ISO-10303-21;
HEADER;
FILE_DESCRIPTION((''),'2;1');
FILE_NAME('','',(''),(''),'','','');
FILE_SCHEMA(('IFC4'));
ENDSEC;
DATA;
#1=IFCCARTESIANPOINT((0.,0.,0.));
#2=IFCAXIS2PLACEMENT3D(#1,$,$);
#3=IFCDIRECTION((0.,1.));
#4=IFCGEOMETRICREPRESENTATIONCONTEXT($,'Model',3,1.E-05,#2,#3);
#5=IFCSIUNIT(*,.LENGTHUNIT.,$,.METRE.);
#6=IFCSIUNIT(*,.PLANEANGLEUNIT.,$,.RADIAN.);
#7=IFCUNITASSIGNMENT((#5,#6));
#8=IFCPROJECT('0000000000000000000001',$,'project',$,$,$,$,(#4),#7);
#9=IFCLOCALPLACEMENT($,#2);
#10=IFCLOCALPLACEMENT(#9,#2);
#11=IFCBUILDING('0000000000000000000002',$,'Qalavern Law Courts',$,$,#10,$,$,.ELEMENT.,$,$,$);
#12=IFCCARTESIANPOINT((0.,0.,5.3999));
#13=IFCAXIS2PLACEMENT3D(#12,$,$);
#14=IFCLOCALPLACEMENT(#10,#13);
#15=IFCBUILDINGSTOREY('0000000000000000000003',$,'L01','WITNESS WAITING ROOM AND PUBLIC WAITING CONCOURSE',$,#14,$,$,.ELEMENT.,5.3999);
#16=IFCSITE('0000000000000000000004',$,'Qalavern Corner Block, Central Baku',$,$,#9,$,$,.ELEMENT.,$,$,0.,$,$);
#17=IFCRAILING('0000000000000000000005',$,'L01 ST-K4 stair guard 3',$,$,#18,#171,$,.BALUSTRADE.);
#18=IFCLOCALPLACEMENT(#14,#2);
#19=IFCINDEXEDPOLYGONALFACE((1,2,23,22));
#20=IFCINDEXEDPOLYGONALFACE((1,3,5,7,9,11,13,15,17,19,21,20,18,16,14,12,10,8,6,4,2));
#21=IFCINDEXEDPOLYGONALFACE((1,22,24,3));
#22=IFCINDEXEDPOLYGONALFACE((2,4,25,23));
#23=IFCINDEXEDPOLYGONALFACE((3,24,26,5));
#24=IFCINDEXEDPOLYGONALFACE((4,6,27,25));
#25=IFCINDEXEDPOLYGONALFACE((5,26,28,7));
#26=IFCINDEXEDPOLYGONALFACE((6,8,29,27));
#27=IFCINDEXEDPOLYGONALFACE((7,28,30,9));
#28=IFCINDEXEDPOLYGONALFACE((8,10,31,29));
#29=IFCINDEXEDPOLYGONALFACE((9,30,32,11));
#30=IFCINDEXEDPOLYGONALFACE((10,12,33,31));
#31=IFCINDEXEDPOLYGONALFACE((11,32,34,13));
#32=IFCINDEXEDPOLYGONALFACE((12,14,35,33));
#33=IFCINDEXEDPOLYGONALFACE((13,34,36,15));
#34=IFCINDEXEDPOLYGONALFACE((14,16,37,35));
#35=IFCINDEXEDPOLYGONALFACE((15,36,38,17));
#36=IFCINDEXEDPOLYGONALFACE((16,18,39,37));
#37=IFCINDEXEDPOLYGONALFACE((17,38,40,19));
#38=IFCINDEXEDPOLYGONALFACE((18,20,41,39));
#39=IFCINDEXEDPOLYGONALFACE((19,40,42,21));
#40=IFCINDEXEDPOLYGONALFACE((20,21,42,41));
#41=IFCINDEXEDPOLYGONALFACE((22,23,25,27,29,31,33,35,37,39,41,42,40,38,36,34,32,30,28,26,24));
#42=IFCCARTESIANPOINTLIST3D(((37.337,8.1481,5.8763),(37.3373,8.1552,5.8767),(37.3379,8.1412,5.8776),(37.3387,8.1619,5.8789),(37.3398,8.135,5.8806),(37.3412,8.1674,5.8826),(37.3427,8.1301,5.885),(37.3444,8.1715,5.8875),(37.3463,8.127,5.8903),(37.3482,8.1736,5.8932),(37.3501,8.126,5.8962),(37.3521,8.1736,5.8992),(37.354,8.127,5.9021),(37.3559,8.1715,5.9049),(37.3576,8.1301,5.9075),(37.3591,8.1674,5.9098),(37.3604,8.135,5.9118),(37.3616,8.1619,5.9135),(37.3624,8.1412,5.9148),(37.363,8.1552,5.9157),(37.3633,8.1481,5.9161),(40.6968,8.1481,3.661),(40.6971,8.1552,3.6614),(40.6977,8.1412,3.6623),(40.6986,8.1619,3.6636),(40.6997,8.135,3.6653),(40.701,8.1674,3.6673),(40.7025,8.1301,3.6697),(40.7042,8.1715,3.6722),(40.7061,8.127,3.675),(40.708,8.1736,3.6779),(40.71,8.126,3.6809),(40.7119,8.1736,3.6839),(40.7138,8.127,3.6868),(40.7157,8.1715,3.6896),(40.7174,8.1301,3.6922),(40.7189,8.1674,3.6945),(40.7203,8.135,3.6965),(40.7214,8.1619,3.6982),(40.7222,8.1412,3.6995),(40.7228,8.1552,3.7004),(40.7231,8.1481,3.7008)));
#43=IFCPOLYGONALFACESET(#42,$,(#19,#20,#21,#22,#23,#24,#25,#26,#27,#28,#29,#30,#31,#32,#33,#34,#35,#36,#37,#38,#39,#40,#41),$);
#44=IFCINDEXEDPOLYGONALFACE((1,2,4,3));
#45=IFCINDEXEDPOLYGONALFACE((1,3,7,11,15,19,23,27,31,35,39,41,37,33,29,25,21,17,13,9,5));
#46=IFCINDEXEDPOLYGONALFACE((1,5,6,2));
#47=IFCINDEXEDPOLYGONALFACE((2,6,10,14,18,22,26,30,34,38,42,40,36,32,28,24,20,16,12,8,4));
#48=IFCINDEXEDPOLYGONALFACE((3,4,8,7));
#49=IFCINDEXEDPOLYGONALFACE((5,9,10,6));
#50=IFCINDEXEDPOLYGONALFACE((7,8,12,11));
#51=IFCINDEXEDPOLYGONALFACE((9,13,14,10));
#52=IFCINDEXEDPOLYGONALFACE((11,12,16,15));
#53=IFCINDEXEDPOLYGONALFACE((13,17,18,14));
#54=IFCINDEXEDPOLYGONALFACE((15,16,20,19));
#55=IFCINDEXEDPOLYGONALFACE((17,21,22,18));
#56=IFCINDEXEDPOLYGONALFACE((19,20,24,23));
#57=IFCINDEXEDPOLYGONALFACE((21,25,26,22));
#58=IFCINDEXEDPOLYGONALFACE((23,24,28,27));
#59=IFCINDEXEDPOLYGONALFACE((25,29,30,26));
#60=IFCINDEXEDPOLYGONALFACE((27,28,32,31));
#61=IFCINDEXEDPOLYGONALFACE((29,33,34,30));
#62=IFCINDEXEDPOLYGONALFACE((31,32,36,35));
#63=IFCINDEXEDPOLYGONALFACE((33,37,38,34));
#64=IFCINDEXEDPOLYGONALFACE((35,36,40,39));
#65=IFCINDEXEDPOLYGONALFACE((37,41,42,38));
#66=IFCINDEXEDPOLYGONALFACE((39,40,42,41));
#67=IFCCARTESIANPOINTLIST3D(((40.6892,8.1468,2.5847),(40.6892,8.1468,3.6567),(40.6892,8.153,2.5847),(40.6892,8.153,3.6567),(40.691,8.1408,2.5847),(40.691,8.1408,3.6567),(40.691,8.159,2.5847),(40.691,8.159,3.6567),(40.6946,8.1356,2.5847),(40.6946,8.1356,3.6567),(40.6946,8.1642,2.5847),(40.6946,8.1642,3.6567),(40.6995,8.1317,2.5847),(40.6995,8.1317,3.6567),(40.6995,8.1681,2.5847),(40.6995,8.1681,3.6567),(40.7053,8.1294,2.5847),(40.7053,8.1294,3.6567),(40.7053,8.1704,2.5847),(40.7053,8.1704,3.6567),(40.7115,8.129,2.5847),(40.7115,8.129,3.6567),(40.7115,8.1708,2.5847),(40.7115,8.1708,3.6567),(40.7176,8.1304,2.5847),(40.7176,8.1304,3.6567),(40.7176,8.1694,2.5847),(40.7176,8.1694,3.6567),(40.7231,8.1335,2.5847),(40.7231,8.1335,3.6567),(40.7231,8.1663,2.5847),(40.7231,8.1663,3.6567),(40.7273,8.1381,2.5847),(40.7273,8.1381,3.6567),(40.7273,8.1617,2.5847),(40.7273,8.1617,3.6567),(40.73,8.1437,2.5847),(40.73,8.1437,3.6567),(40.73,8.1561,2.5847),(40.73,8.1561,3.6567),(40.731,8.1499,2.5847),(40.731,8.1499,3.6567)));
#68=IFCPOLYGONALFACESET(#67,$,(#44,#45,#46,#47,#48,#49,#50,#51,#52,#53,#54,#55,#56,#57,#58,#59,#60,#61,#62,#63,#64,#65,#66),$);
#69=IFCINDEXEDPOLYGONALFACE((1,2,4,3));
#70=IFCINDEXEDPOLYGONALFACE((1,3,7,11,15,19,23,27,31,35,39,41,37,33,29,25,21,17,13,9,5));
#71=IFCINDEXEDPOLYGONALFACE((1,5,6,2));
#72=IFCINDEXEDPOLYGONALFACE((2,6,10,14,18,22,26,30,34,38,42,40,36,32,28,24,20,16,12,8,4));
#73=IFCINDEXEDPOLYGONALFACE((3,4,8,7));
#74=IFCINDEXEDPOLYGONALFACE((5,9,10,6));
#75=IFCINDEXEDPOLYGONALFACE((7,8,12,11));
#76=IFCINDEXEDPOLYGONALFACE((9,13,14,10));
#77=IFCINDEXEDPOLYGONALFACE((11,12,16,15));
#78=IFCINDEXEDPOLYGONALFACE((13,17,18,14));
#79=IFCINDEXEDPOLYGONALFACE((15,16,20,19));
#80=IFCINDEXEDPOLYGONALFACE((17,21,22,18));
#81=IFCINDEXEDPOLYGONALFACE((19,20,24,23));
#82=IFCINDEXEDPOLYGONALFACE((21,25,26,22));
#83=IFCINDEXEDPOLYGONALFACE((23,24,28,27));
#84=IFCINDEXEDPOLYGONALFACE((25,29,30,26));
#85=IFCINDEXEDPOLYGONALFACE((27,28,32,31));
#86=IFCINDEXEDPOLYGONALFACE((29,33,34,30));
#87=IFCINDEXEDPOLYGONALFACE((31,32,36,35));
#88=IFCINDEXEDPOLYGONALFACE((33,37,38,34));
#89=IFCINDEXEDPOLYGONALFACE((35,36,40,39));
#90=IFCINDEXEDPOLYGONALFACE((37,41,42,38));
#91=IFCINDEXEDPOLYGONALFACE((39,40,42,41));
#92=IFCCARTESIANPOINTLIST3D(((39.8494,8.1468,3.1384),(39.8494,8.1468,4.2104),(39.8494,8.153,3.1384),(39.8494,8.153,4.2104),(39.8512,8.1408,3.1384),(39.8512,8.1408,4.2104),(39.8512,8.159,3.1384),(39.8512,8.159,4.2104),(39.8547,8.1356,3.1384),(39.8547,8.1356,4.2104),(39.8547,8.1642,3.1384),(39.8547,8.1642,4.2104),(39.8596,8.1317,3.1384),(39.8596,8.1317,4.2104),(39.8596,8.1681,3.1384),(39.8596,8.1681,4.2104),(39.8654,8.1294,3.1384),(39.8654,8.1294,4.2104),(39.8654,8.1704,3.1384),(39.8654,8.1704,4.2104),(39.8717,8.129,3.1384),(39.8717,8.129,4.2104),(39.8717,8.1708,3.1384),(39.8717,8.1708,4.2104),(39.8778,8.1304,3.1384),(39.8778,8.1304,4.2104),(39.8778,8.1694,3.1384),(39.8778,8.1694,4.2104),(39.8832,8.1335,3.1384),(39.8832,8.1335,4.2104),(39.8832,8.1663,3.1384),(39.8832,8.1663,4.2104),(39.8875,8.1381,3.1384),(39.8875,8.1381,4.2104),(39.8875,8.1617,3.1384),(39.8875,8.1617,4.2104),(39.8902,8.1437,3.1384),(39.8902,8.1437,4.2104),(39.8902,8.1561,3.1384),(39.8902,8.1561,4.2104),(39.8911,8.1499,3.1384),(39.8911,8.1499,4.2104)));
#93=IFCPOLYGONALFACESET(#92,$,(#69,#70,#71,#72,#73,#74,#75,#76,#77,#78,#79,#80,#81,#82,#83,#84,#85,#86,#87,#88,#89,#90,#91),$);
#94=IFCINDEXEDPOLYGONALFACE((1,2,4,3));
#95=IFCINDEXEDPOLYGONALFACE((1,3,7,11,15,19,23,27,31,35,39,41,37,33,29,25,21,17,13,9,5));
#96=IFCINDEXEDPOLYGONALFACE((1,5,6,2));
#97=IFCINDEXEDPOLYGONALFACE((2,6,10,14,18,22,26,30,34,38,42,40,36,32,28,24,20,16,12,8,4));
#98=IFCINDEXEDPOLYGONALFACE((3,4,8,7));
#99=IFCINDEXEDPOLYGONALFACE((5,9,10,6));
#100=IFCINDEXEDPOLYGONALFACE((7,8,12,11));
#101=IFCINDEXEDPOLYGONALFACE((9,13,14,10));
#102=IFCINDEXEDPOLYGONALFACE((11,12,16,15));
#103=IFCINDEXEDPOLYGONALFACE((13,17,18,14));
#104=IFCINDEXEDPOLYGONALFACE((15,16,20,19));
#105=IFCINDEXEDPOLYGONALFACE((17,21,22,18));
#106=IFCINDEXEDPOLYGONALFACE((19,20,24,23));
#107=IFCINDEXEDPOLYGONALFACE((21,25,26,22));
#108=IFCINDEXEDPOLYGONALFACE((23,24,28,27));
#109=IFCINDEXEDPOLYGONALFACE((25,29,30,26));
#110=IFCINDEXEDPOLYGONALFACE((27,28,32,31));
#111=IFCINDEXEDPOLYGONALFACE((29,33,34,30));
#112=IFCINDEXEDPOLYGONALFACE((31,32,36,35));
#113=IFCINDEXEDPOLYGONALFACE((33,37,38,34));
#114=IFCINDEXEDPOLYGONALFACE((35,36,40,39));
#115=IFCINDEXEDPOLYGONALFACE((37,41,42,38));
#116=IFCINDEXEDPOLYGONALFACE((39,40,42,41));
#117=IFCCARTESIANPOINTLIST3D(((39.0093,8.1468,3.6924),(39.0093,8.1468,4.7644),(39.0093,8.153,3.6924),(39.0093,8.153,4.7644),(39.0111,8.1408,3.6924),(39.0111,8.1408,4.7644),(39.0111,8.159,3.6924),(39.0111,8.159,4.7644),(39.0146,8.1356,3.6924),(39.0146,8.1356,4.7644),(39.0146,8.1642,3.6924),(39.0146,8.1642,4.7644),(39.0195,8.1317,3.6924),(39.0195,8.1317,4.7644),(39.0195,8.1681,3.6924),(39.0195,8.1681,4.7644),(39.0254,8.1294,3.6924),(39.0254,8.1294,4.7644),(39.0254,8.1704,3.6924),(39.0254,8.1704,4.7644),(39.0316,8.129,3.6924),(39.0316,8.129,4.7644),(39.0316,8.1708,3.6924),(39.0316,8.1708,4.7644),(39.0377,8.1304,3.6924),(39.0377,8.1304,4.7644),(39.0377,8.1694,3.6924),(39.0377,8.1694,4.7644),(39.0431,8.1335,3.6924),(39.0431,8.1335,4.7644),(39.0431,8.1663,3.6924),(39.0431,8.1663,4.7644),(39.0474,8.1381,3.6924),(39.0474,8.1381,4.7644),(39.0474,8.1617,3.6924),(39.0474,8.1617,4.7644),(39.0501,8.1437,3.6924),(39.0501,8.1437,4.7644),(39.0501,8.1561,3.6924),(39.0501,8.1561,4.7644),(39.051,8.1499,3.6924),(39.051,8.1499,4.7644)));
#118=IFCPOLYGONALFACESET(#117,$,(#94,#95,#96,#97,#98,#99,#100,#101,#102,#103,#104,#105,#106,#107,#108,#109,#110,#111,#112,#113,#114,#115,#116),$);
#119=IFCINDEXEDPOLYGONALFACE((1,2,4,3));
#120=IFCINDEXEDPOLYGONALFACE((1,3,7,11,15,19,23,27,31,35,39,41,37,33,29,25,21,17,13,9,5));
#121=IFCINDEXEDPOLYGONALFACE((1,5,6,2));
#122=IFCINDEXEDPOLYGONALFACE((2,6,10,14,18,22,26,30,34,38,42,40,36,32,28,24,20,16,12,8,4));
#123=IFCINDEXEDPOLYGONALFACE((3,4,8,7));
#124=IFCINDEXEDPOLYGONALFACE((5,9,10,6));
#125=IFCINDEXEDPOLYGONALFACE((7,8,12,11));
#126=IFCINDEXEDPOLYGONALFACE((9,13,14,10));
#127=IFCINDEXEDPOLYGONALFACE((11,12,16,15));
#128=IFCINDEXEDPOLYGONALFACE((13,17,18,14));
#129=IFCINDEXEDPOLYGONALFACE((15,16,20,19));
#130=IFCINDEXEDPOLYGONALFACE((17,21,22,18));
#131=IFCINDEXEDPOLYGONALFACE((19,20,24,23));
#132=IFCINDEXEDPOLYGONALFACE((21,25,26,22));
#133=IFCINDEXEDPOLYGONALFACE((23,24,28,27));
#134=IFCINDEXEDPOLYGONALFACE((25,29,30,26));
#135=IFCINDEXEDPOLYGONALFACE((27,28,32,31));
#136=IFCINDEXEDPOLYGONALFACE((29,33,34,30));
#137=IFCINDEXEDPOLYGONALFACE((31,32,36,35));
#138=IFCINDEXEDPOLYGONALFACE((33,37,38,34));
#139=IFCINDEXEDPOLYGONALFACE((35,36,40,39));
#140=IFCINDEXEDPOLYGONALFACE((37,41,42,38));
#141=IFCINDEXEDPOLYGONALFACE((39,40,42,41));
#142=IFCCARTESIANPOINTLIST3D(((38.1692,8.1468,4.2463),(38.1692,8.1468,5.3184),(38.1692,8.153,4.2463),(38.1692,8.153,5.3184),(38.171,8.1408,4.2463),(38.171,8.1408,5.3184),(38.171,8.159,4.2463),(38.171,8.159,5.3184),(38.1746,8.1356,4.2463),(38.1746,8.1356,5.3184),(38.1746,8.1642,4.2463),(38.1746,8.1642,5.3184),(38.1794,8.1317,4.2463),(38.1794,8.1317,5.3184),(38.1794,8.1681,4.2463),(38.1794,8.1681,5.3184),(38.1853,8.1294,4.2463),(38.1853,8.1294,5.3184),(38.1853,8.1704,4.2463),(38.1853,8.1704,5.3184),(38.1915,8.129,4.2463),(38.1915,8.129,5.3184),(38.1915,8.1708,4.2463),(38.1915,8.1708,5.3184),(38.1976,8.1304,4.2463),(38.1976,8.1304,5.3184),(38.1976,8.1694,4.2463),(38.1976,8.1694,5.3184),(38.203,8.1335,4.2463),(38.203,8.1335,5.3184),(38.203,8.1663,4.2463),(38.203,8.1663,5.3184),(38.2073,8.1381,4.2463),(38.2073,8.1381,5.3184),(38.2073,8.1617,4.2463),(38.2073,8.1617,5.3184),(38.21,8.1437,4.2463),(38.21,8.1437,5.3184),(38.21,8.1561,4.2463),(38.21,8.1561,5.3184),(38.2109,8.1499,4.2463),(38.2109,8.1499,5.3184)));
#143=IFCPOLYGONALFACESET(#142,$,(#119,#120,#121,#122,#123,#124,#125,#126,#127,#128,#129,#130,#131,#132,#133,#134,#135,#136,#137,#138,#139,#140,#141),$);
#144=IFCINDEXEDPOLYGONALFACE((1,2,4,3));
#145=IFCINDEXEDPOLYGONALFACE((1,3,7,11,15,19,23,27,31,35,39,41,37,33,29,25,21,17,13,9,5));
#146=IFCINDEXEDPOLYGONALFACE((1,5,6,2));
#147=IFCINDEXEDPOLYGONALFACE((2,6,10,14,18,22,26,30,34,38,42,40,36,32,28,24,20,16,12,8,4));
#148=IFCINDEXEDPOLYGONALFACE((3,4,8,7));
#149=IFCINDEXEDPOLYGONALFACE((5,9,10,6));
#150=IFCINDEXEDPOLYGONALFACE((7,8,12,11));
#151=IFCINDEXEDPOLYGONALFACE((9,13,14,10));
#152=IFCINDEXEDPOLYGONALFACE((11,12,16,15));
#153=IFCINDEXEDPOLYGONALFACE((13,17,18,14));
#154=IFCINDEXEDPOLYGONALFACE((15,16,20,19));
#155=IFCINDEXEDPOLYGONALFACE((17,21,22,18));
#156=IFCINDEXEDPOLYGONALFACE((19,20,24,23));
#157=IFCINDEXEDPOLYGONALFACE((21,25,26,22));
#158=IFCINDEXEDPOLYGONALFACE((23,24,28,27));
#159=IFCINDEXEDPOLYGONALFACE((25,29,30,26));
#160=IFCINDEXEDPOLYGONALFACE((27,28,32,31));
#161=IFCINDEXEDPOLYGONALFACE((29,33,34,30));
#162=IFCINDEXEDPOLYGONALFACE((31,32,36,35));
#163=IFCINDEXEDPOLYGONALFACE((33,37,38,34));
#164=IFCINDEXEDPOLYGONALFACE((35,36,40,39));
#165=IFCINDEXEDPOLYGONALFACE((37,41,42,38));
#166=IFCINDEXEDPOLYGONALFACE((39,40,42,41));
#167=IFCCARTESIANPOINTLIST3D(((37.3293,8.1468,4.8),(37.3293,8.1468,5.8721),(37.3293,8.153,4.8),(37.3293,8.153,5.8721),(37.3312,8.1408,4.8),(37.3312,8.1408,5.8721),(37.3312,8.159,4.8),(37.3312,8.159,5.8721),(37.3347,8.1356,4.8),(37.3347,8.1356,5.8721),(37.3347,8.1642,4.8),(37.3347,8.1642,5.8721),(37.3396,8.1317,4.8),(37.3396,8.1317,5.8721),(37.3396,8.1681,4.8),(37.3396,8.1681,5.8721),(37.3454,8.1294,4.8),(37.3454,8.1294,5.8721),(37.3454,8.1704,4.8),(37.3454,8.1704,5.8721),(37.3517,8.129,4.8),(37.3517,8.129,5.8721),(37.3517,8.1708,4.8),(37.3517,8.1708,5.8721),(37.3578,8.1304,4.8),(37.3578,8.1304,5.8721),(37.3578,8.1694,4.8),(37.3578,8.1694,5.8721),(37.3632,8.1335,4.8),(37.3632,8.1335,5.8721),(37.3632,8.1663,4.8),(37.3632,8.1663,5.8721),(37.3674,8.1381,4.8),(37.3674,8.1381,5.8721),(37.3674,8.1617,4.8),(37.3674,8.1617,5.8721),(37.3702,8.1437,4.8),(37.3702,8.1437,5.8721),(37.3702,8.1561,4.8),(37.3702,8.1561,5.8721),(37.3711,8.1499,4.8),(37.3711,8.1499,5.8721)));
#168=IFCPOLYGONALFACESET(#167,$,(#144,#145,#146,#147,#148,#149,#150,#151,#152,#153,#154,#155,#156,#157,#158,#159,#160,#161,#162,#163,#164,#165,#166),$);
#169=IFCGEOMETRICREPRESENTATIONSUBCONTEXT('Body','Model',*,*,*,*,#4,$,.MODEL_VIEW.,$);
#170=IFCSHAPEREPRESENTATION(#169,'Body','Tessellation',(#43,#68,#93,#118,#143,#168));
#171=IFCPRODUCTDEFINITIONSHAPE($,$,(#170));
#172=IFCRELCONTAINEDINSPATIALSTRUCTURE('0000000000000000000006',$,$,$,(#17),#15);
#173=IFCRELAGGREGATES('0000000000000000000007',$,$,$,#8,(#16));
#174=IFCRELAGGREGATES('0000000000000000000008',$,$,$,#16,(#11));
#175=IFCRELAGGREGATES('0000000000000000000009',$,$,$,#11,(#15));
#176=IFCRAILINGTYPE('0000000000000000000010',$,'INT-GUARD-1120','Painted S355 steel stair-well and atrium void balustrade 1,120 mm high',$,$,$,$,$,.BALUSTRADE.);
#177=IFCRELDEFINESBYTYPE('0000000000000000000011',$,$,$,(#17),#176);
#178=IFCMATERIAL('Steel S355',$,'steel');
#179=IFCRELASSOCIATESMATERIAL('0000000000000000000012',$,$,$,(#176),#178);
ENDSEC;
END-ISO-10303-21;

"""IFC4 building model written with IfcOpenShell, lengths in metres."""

from ifc_helpers import new_model, si_unit, direction, frame, origin, origin_2d, place, context, subcontext, project, spatial, circle, extrude, material, type_object, element, save


model = new_model("IFC4")

# Units and contexts
model_context = context("Model", 3, precision=1e-05, world=origin(), true_north=direction((0.0, 1.0)))
body_context = subcontext(model_context, "Body", "Model", "MODEL_VIEW")
ifc_project = project(units=[si_unit("LENGTHUNIT", "METRE"), si_unit("PLANEANGLEUNIT", "RADIAN")], contexts=[model_context])

# Site, building, storey
site_placement = place(None, origin())
site = spatial("IfcSite", under=ifc_project, at=site_placement, Name="Qalavern Corner Block, Central Baku", CompositionType="ELEMENT", RefElevation=0.0)
building_placement = place(site_placement, origin())
building = spatial("IfcBuilding", under=site, at=building_placement, Name="Qalavern Law Courts", CompositionType="ELEMENT")
storey_placement = place(building_placement, frame((0.0, 0.0, 5.3999)))
storey = spatial("IfcBuildingStorey", under=building, at=storey_placement, Name="L01", Description="WITNESS WAITING ROOM AND PUBLIC WAITING CONCOURSE", CompositionType="ELEMENT", Elevation=5.3999)

# Shared definitions
ifc_material_1 = material(Name="Steel S355", Category="steel")

# Railing
railing_type_1 = type_object("IfcRailingType", Name="INT-GUARD-1120", Description="Painted S355 steel stair-well and atrium void balustrade 1,120 mm high", PredefinedType="BALUSTRADE", material=ifc_material_1)
railing_1_placement = place(storey_placement, frame((40.71, 8.1499, 2.5847)))
element("IfcRailing", 1, at=railing_1_placement, inside=storey, type_object=railing_type_1, Name="L01 ST-K4 stair guard 3", PredefinedType="BALUSTRADE", context=body_context, shape_type="SweptSolid", body=[
    extrude(circle(Radius=0.0239, at=origin_2d()), frame((0.0, 0.0, 1.0962), z_axis=(-0.834858, 0.0, 0.550465), x_axis=(0.0, -1.0, 0.0)), (0.0, 0.0, 1.0), 4.0244),
    extrude(circle(Radius=0.021, at=origin_2d()), origin(), (0.0, 0.0, 1.0), 1.072),
    extrude(circle(Radius=0.021, at=origin_2d()), frame((-0.8398, 0.0, 0.5537)), (0.0, 0.0, 1.0), 1.072),
    extrude(circle(Radius=0.021, at=origin_2d()), frame((-1.6799, 0.0, 1.1077)), (0.0, 0.0, 1.0), 1.072),
    extrude(circle(Radius=0.021, at=origin_2d()), frame((-2.52, 0.0, 1.6616)), (0.0, 0.0, 1.0), 1.072),
    extrude(circle(Radius=0.021, at=origin_2d()), frame((-3.3599, 0.0, 2.2153)), (0.0, 0.0, 1.0), 1.072),
])

save(model, "model.ifc")
